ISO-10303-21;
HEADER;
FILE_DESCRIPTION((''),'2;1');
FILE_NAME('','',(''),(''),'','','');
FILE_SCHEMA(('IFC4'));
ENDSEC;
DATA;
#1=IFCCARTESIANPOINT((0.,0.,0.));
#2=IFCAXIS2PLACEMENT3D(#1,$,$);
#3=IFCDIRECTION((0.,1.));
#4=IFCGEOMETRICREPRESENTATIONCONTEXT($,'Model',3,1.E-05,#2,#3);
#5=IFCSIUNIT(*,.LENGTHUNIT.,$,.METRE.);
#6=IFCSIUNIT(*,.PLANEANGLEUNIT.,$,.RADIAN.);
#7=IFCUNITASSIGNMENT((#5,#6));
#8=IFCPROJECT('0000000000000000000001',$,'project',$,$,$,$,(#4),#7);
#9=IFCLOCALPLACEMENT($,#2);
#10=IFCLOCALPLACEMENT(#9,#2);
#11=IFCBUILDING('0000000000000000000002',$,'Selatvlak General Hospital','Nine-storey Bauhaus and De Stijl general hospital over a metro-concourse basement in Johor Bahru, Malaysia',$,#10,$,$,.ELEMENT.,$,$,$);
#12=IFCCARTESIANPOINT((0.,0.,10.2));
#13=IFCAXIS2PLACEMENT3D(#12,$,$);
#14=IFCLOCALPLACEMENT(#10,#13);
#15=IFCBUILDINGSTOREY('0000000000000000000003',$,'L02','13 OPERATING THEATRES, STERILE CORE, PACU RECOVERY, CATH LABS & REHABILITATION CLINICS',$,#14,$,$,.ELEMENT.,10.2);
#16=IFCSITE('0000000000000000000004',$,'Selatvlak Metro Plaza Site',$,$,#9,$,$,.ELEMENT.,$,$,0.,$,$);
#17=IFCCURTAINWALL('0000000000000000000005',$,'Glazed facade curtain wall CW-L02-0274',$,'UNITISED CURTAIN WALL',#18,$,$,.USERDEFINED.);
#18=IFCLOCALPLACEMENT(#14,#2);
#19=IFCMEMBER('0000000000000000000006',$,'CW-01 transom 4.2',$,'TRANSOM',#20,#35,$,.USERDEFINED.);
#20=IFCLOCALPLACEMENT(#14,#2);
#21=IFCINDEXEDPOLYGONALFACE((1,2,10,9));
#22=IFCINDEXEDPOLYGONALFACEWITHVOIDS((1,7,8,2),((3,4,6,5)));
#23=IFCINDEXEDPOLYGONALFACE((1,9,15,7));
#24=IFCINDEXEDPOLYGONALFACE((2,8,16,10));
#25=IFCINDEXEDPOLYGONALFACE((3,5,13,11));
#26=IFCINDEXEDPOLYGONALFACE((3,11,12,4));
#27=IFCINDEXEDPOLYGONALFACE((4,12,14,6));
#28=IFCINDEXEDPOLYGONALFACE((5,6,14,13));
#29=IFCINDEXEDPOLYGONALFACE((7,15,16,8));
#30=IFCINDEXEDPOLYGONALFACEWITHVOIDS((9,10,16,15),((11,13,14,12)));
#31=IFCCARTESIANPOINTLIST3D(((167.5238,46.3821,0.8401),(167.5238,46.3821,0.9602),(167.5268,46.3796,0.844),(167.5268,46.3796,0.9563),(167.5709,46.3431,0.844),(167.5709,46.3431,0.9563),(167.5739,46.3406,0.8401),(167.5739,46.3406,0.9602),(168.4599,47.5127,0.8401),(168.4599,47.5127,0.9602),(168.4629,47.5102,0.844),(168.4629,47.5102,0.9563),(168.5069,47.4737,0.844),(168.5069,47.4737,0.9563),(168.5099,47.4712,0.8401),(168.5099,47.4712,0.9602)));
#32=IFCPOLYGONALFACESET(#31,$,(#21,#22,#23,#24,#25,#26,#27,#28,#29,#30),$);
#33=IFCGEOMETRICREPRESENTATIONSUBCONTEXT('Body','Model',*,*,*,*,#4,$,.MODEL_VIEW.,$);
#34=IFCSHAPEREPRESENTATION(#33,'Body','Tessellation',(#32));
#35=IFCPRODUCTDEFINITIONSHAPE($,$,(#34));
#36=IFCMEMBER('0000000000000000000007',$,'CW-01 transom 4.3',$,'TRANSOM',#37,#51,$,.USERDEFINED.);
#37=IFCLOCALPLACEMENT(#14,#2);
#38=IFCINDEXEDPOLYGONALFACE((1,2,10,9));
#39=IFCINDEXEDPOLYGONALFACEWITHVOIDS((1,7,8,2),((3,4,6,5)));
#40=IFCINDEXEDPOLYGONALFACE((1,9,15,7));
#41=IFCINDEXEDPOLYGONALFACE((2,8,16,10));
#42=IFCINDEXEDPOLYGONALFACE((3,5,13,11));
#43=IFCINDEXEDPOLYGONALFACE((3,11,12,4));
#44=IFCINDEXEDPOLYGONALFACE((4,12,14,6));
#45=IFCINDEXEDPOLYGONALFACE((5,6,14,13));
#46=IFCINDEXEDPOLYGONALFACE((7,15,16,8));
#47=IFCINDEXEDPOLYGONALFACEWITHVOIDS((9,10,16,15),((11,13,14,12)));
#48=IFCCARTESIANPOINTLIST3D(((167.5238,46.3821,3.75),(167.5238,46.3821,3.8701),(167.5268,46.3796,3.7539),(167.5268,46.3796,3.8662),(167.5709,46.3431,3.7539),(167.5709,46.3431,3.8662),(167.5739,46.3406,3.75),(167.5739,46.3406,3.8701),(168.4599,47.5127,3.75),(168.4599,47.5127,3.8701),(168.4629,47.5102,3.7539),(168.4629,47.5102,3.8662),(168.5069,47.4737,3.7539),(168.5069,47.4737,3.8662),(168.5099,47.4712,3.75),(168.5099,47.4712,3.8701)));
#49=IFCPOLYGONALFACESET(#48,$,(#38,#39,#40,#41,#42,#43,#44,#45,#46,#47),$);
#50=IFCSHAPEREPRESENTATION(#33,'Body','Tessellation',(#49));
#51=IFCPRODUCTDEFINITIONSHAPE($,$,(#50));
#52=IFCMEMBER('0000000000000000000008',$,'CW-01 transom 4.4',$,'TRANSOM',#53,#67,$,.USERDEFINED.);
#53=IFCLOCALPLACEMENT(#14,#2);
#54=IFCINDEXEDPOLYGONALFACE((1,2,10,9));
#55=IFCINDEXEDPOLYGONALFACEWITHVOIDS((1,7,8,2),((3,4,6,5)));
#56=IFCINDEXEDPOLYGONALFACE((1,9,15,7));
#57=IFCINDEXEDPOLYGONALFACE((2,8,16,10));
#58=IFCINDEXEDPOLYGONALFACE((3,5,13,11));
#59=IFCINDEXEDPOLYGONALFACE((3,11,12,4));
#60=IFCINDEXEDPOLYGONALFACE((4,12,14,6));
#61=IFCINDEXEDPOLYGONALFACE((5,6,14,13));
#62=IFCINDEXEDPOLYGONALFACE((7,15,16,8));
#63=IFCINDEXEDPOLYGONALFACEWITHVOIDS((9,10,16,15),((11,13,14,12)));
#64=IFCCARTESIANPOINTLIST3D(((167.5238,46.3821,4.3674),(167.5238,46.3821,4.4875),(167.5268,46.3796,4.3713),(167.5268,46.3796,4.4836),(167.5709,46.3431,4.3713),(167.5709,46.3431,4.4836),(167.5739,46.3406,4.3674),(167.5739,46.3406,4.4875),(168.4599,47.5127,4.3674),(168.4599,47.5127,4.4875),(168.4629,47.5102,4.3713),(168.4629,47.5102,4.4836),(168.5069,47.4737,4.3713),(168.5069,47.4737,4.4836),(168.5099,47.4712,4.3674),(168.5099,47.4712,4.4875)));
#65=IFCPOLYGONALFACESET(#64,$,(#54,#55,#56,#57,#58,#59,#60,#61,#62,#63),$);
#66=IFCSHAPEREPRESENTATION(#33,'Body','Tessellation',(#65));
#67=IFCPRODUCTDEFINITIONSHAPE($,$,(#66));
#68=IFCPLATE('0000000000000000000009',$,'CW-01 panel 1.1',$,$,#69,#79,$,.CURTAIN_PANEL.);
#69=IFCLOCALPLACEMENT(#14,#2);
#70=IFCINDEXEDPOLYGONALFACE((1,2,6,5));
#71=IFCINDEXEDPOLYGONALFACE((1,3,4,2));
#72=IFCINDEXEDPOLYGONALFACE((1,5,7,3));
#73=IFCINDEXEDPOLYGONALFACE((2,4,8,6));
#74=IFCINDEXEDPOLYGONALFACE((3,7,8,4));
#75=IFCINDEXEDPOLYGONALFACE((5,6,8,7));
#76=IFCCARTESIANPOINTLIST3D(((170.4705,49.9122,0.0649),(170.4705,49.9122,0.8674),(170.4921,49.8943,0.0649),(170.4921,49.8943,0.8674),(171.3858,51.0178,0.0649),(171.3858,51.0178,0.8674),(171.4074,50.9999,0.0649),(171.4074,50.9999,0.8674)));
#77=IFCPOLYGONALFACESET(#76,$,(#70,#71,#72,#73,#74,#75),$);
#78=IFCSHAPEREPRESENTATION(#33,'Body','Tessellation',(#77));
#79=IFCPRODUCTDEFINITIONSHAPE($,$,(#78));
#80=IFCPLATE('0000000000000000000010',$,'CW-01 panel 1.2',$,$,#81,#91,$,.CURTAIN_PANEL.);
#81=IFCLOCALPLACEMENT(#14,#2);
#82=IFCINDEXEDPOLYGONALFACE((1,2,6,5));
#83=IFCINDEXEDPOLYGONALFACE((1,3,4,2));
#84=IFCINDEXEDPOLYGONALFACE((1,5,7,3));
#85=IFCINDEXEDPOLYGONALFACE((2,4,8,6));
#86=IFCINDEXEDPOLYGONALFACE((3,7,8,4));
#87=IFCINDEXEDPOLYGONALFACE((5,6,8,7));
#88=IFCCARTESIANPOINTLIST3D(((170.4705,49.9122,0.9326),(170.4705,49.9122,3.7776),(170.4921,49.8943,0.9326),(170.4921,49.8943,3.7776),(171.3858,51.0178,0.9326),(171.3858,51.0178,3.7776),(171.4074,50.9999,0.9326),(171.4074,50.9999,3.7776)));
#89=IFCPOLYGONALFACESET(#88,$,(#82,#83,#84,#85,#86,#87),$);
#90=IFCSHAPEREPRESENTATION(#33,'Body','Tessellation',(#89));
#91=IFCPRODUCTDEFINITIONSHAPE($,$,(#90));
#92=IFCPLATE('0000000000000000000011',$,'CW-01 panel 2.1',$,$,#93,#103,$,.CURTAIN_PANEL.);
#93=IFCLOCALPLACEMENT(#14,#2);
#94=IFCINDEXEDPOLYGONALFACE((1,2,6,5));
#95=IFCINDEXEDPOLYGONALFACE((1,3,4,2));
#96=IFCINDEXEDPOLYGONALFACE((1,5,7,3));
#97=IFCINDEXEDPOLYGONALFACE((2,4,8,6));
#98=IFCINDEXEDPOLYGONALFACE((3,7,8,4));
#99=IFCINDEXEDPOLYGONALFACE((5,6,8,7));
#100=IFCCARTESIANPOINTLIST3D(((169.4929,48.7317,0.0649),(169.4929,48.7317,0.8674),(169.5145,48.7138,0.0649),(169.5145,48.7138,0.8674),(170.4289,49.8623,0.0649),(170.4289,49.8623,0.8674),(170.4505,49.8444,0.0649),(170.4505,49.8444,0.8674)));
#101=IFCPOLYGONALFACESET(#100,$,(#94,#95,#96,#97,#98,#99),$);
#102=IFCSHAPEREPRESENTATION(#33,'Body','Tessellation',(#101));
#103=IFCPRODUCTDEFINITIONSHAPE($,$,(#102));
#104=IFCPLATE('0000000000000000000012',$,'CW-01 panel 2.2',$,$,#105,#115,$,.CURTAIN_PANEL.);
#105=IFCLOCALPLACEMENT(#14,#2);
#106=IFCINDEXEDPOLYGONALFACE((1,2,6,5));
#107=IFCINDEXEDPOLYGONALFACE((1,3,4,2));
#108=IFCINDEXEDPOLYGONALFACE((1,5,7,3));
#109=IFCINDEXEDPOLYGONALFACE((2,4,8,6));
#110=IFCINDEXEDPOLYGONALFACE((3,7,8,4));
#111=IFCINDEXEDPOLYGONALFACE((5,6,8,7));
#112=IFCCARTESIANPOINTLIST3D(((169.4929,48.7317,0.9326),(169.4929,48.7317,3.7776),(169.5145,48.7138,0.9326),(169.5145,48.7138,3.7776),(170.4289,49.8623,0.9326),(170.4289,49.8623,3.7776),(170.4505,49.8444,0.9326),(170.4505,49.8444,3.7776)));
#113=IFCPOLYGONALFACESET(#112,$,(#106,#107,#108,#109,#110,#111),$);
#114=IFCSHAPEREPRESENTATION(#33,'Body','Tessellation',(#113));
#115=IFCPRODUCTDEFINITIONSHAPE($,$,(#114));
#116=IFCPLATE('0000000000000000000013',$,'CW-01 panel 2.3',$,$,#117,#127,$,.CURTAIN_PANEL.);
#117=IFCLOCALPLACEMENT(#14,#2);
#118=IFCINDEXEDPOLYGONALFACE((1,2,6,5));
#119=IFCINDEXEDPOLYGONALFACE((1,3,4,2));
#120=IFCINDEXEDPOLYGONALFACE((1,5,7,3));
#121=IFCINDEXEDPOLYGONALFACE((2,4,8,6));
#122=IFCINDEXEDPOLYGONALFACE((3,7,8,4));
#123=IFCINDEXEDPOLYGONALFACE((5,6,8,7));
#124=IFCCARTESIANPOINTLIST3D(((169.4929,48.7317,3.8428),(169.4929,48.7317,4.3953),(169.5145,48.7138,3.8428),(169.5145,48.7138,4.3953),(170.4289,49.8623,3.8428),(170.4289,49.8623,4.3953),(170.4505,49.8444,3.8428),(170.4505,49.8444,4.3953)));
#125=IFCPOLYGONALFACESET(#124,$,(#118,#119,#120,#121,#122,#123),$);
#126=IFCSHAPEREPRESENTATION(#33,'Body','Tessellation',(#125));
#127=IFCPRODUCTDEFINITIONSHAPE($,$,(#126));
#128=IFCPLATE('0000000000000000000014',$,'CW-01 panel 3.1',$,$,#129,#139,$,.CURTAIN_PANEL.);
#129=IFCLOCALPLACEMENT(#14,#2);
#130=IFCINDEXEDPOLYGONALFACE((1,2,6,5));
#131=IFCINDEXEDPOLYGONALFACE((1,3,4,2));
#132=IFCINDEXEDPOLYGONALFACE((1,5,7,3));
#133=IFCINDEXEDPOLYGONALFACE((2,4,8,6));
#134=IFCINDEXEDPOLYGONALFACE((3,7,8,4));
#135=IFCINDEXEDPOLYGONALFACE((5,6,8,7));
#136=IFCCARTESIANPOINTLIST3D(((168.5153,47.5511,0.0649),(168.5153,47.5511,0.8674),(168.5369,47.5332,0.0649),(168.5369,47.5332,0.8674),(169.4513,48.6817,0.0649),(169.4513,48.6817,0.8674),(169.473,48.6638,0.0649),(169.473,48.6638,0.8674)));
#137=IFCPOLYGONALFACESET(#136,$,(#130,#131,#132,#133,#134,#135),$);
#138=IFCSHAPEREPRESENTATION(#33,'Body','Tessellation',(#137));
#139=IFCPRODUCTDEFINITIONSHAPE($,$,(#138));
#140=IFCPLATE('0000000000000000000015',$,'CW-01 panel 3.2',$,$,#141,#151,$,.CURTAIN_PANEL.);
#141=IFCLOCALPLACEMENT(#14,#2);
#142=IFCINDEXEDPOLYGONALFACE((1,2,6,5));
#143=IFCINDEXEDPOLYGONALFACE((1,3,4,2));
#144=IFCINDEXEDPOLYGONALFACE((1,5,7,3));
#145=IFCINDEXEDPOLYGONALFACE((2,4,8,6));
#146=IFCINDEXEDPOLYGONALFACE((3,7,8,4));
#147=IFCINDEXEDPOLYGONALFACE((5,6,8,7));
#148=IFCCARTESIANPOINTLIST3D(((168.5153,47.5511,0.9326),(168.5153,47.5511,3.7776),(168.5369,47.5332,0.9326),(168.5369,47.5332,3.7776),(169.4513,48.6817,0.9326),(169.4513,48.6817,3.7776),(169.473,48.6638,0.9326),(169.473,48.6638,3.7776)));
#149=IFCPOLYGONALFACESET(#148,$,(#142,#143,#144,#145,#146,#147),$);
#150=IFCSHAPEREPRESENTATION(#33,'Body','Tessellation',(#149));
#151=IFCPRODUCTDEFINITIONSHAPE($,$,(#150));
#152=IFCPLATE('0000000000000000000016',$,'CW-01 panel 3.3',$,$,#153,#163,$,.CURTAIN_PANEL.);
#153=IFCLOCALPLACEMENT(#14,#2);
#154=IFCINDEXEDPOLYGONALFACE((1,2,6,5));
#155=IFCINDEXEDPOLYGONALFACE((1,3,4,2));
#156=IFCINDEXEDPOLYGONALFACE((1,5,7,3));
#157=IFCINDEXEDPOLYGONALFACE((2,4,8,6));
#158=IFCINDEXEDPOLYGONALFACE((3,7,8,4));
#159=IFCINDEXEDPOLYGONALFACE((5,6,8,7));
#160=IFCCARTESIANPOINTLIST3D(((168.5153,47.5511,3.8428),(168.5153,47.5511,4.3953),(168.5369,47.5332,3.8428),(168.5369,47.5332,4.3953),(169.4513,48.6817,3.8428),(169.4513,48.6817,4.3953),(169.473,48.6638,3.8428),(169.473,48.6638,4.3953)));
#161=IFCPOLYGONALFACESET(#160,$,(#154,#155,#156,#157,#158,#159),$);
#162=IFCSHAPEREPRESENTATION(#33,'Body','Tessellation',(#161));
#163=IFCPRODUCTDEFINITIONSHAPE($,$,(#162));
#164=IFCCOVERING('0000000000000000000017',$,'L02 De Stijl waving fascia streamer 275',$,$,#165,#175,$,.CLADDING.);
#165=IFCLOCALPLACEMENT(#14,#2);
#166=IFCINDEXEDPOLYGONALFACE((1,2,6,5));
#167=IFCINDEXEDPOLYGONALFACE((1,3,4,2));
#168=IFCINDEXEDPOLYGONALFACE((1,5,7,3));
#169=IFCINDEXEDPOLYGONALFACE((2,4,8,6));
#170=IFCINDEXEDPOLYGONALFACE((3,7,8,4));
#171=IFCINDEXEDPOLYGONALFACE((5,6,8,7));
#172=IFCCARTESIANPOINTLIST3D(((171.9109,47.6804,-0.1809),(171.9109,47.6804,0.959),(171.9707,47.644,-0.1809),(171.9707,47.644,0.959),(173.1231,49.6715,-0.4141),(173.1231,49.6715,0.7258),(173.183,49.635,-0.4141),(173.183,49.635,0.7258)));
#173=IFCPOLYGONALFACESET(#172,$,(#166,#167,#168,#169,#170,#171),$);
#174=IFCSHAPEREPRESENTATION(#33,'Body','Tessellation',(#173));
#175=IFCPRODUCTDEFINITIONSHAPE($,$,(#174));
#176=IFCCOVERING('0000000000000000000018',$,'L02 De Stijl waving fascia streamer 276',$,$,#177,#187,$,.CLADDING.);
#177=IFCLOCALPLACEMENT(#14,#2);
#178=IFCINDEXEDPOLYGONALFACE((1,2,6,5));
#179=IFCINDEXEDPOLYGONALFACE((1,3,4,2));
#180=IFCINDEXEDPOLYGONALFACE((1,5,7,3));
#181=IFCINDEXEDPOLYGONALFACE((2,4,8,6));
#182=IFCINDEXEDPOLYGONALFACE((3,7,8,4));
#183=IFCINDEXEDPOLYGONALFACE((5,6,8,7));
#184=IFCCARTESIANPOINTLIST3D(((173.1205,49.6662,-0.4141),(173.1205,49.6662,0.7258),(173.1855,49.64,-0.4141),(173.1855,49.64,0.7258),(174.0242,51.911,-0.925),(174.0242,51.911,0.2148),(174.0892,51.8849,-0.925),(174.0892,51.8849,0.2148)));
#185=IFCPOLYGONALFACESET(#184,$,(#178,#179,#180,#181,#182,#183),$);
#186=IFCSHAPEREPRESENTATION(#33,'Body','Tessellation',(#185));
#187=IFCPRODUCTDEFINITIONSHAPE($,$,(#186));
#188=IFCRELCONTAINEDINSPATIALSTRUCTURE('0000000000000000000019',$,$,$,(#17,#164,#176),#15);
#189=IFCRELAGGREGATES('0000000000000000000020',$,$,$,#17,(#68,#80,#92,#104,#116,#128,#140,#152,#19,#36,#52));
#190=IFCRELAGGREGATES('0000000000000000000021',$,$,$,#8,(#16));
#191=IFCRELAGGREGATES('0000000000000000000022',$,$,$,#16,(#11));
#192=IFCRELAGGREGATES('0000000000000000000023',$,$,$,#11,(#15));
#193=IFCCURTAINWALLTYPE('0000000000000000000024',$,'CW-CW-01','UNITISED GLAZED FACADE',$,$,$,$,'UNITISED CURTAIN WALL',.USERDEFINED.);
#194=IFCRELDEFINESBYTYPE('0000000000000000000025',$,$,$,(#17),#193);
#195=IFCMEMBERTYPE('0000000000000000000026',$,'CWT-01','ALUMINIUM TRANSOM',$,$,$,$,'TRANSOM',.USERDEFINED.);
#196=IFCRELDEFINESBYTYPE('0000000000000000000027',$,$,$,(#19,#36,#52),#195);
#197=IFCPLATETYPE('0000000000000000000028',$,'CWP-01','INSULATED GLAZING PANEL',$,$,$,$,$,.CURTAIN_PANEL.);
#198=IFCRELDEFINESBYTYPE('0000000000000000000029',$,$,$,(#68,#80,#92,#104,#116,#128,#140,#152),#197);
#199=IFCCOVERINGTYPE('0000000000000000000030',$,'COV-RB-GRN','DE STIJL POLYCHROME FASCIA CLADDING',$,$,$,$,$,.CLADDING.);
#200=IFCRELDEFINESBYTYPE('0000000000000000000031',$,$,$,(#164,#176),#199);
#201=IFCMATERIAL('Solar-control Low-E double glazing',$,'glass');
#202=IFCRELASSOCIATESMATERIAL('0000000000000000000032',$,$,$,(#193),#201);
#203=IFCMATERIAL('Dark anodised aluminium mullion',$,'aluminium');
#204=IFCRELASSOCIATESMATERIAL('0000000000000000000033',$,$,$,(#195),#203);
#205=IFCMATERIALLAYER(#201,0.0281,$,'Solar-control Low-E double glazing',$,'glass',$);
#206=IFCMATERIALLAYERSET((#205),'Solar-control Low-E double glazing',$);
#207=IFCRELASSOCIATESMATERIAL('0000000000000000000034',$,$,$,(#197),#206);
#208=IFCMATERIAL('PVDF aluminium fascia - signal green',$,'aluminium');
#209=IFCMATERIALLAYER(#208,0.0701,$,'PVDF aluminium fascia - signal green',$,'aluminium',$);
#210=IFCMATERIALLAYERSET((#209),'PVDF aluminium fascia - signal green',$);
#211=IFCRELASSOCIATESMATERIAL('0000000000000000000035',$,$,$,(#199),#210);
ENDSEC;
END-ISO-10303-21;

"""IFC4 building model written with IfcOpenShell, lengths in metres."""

from ifc_helpers import new_model, si_unit, direction, frame, origin, origin_2d, place, context, subcontext, project, spatial, polyline, rectangle, hollow_rectangle, outline, extrude, material, layer, layer_set, material_profile, profile_set, type_object, element, aggregate, save


model = new_model("IFC4")

# Units and contexts
model_context = context("Model", 3, precision=1e-05, world=origin(), true_north=direction((0.0, 1.0)))
body_context = subcontext(model_context, "Body", "Model", "MODEL_VIEW")
ifc_project = project(units=[si_unit("LENGTHUNIT", "METRE"), si_unit("PLANEANGLEUNIT", "RADIAN")], contexts=[model_context])

# Site, building, storey
site_placement = place(None, origin())
site = spatial("IfcSite", under=ifc_project, at=site_placement, Name="Selatvlak Metro Plaza Site", CompositionType="ELEMENT", RefElevation=0.0)
building_placement = place(site_placement, origin())
building = spatial("IfcBuilding", under=site, at=building_placement, Name="Selatvlak General Hospital", Description="Nine-storey Bauhaus and De Stijl general hospital over a metro-concourse basement in Johor Bahru, Malaysia", CompositionType="ELEMENT")
storey_placement = place(building_placement, frame((0.0, 0.0, 10.2)))
storey = spatial("IfcBuildingStorey", under=building, at=storey_placement, Name="L02", Description="13 OPERATING THEATRES, STERILE CORE, PACU RECOVERY, CATH LABS & REHABILITATION CLINICS", CompositionType="ELEMENT", Elevation=10.2)

# Curtain wall, members, plates
ifc_material_1 = material(Name="Solar-control Low-E double glazing", Category="glass")
curtain_wall_type = type_object("IfcCurtainWallType", Name="CW-CW-01", Description="UNITISED GLAZED FACADE", ElementType="UNITISED CURTAIN WALL", PredefinedType="USERDEFINED", material=ifc_material_1)
curtain_wall_placement = place(storey_placement, origin())
curtain_wall = element("IfcCurtainWall", 1, at=curtain_wall_placement, inside=storey, type_object=curtain_wall_type, Name="Glazed facade curtain wall CW-L02-0274", ObjectType="UNITISED CURTAIN WALL", PredefinedType="USERDEFINED")
ifc_material_2 = material(Name="Dark anodised aluminium mullion", Category="aluminium")
ifc_material_profile_1 = material_profile(ifc_material_2, hollow_rectangle(XDim=0.0649, YDim=0.1201, WallThickness=0.0039, at=origin_2d()), Name="AL-TRN 65x120x4")
ifc_profile_set_1 = profile_set([ifc_material_profile_1], Name="Dark anodised aluminium mullion")
member_type_1 = type_object("IfcMemberType", Name="CWT-01", Description="ALUMINIUM TRANSOM", ElementType="TRANSOM", PredefinedType="USERDEFINED", material=ifc_profile_set_1)
member_1_placement = place(storey_placement, frame((168.4849, 47.4919, 0.9001), z_axis=(-0.637711, -0.770276, 0.0), x_axis=(0.770276, -0.637711, 0.0)))
member_1 = element("IfcMember", 2, at=member_1_placement, type_object=member_type_1, Name="CW-01 transom 4.2", ObjectType="TRANSOM", PredefinedType="USERDEFINED", context=body_context, shape_type="SweptSolid", body=[
    extrude(hollow_rectangle(XDim=0.0649, YDim=0.1201, WallThickness=0.0039, at=origin_2d()), origin(), (0.0, 0.0, 1.0), 1.4678),
])
member_2_placement = place(storey_placement, frame((168.4849, 47.4919, 3.8101), z_axis=(-0.637711, -0.770276, 0.0), x_axis=(0.770276, -0.637711, 0.0)))
member_2 = element("IfcMember", 3, at=member_2_placement, type_object=member_type_1, Name="CW-01 transom 4.3", ObjectType="TRANSOM", PredefinedType="USERDEFINED", context=body_context, shape_type="SweptSolid", body=[
    extrude(hollow_rectangle(XDim=0.0649, YDim=0.1201, WallThickness=0.0039, at=origin_2d()), origin(), (0.0, 0.0, 1.0), 1.4678),
])
member_3_placement = place(storey_placement, frame((168.4849, 47.4919, 4.4275), z_axis=(-0.637711, -0.770276, 0.0), x_axis=(0.770276, -0.637711, 0.0)))
member_3 = element("IfcMember", 4, at=member_3_placement, type_object=member_type_1, Name="CW-01 transom 4.4", ObjectType="TRANSOM", PredefinedType="USERDEFINED", context=body_context, shape_type="SweptSolid", body=[
    extrude(hollow_rectangle(XDim=0.0649, YDim=0.1201, WallThickness=0.0039, at=origin_2d()), origin(), (0.0, 0.0, 1.0), 1.4678),
])
ifc_layer_1 = layer(ifc_material_1, 0.0281, Name="Solar-control Low-E double glazing", Category="glass")
ifc_layer_set_1 = layer_set([ifc_layer_1], Name="Solar-control Low-E double glazing")
plate_type = type_object("IfcPlateType", Name="CWP-01", Description="INSULATED GLAZING PANEL", PredefinedType="CURTAIN_PANEL", material=ifc_layer_set_1)
plate_1_placement = place(storey_placement, frame((170.939, 50.4561, 0.0649), z_axis=(0.0, 0.0, 1.0), x_axis=(-0.637721, -0.770267, 0.0)))
plate_1 = element("IfcPlate", 5, at=plate_1_placement, type_object=plate_type, Name="CW-01 panel 1.1", PredefinedType="CURTAIN_PANEL", context=body_context, shape_type="SweptSolid", body=[
    extrude(rectangle(XDim=1.4353, YDim=0.0281, at=origin_2d()), origin(), (0.0, 0.0, 1.0), 0.8025),
])
plate_2_placement = place(storey_placement, frame((170.939, 50.4561, 0.9326), z_axis=(0.0, 0.0, 1.0), x_axis=(-0.637721, -0.770267, 0.0)))
plate_2 = element("IfcPlate", 6, at=plate_2_placement, type_object=plate_type, Name="CW-01 panel 1.2", PredefinedType="CURTAIN_PANEL", context=body_context, shape_type="SweptSolid", body=[
    extrude(rectangle(XDim=1.4353, YDim=0.0281, at=origin_2d()), origin(), (0.0, 0.0, 1.0), 2.845),
])
plate_3_placement = place(storey_placement, frame((169.9717, 49.2881, 0.0649), z_axis=(0.0, 0.0, 1.0), x_axis=(-0.637721, -0.770267, 0.0)))
plate_3 = element("IfcPlate", 7, at=plate_3_placement, type_object=plate_type, Name="CW-01 panel 2.1", PredefinedType="CURTAIN_PANEL", context=body_context, shape_type="SweptSolid", body=[
    extrude(rectangle(XDim=1.4678, YDim=0.0281, at=origin_2d()), origin(), (0.0, 0.0, 1.0), 0.8025),
])
plate_4_placement = place(storey_placement, frame((169.9717, 49.2881, 0.9326), z_axis=(0.0, 0.0, 1.0), x_axis=(-0.637721, -0.770267, 0.0)))
plate_4 = element("IfcPlate", 8, at=plate_4_placement, type_object=plate_type, Name="CW-01 panel 2.2", PredefinedType="CURTAIN_PANEL", context=body_context, shape_type="SweptSolid", body=[
    extrude(rectangle(XDim=1.4678, YDim=0.0281, at=origin_2d()), origin(), (0.0, 0.0, 1.0), 2.845),
])
plate_5_placement = place(storey_placement, frame((169.9717, 49.2881, 3.8428), z_axis=(0.0, 0.0, 1.0), x_axis=(-0.637721, -0.770267, 0.0)))
plate_5 = element("IfcPlate", 9, at=plate_5_placement, type_object=plate_type, Name="CW-01 panel 2.3", PredefinedType="CURTAIN_PANEL", context=body_context, shape_type="SweptSolid", body=[
    extrude(rectangle(XDim=1.4678, YDim=0.0281, at=origin_2d()), origin(), (0.0, 0.0, 1.0), 0.5525),
])
plate_6_placement = place(storey_placement, frame((168.9941, 48.1074, 0.0649), z_axis=(0.0, 0.0, 1.0), x_axis=(-0.637721, -0.770267, 0.0)))
plate_6 = element("IfcPlate", 10, at=plate_6_placement, type_object=plate_type, Name="CW-01 panel 3.1", PredefinedType="CURTAIN_PANEL", context=body_context, shape_type="SweptSolid", body=[
    extrude(rectangle(XDim=1.4678, YDim=0.0281, at=origin_2d()), origin(), (0.0, 0.0, 1.0), 0.8025),
])
plate_7_placement = place(storey_placement, frame((168.9941, 48.1074, 0.9326), z_axis=(0.0, 0.0, 1.0), x_axis=(-0.637721, -0.770267, 0.0)))
plate_7 = element("IfcPlate", 11, at=plate_7_placement, type_object=plate_type, Name="CW-01 panel 3.2", PredefinedType="CURTAIN_PANEL", context=body_context, shape_type="SweptSolid", body=[
    extrude(rectangle(XDim=1.4678, YDim=0.0281, at=origin_2d()), origin(), (0.0, 0.0, 1.0), 2.845),
])
plate_8_placement = place(storey_placement, frame((168.9941, 48.1074, 3.8428), z_axis=(0.0, 0.0, 1.0), x_axis=(-0.637721, -0.770267, 0.0)))
plate_8 = element("IfcPlate", 12, at=plate_8_placement, type_object=plate_type, Name="CW-01 panel 3.3", PredefinedType="CURTAIN_PANEL", context=body_context, shape_type="SweptSolid", body=[
    extrude(rectangle(XDim=1.4678, YDim=0.0281, at=origin_2d()), origin(), (0.0, 0.0, 1.0), 0.5525),
])
aggregate(curtain_wall, [plate_1, plate_2, plate_3, plate_4, plate_5, plate_6, plate_7, plate_8, member_1, member_2, member_3])

# Coverings
ifc_material_3 = material(Name="PVDF aluminium fascia - signal green", Category="aluminium")
ifc_layer_2 = layer(ifc_material_3, 0.0701, Name="PVDF aluminium fascia - signal green", Category="aluminium")
ifc_layer_set_2 = layer_set([ifc_layer_2], Name="PVDF aluminium fascia - signal green")
covering_type = type_object("IfcCoveringType", Name="COV-RB-GRN", Description="DE STIJL POLYCHROME FASCIA CLADDING", PredefinedType="CLADDING", material=ifc_layer_set_2)
covering_1_placement = place(storey_placement, frame((171.9409, 47.6621, -0.1809), z_axis=(0.0, 0.0, 1.0), x_axis=(0.52003, 0.854148, 0.0)))
element("IfcCovering", 13, at=covering_1_placement, inside=storey, type_object=covering_type, Name="L02 De Stijl waving fascia streamer 275", PredefinedType="CLADDING", context=body_context, shape_type="SweptSolid", body=[
    extrude(outline(polyline([(0.0, 0.0), (2.3311, -0.2332), (2.3311, 0.9067), (0.0, 1.1399), (0.0, 0.0)])), frame((0.0, 0.0352, 0.0), z_axis=(0.0, -1.0, 0.0), x_axis=(1.0, 0.0, 0.0)), (0.0, 0.0, 1.0), 0.0701),
])
covering_2_placement = place(storey_placement, frame((173.1531, 49.6531, -0.4141), z_axis=(0.0, 0.0, 1.0), x_axis=(0.373477, 0.927639, 0.0)))
element("IfcCovering", 14, at=covering_2_placement, inside=storey, type_object=covering_type, Name="L02 De Stijl waving fascia streamer 276", PredefinedType="CLADDING", context=body_context, shape_type="SweptSolid", body=[
    extrude(outline(polyline([(0.0, 0.0), (2.4199, -0.511), (2.4199, 0.6289), (0.0, 1.1399), (0.0, 0.0)])), frame((0.0, 0.0352, 0.0), z_axis=(0.0, -1.0, 0.0), x_axis=(1.0, 0.0, 0.0)), (0.0, 0.0, 1.0), 0.0701),
])

save(model, "model.ifc")
